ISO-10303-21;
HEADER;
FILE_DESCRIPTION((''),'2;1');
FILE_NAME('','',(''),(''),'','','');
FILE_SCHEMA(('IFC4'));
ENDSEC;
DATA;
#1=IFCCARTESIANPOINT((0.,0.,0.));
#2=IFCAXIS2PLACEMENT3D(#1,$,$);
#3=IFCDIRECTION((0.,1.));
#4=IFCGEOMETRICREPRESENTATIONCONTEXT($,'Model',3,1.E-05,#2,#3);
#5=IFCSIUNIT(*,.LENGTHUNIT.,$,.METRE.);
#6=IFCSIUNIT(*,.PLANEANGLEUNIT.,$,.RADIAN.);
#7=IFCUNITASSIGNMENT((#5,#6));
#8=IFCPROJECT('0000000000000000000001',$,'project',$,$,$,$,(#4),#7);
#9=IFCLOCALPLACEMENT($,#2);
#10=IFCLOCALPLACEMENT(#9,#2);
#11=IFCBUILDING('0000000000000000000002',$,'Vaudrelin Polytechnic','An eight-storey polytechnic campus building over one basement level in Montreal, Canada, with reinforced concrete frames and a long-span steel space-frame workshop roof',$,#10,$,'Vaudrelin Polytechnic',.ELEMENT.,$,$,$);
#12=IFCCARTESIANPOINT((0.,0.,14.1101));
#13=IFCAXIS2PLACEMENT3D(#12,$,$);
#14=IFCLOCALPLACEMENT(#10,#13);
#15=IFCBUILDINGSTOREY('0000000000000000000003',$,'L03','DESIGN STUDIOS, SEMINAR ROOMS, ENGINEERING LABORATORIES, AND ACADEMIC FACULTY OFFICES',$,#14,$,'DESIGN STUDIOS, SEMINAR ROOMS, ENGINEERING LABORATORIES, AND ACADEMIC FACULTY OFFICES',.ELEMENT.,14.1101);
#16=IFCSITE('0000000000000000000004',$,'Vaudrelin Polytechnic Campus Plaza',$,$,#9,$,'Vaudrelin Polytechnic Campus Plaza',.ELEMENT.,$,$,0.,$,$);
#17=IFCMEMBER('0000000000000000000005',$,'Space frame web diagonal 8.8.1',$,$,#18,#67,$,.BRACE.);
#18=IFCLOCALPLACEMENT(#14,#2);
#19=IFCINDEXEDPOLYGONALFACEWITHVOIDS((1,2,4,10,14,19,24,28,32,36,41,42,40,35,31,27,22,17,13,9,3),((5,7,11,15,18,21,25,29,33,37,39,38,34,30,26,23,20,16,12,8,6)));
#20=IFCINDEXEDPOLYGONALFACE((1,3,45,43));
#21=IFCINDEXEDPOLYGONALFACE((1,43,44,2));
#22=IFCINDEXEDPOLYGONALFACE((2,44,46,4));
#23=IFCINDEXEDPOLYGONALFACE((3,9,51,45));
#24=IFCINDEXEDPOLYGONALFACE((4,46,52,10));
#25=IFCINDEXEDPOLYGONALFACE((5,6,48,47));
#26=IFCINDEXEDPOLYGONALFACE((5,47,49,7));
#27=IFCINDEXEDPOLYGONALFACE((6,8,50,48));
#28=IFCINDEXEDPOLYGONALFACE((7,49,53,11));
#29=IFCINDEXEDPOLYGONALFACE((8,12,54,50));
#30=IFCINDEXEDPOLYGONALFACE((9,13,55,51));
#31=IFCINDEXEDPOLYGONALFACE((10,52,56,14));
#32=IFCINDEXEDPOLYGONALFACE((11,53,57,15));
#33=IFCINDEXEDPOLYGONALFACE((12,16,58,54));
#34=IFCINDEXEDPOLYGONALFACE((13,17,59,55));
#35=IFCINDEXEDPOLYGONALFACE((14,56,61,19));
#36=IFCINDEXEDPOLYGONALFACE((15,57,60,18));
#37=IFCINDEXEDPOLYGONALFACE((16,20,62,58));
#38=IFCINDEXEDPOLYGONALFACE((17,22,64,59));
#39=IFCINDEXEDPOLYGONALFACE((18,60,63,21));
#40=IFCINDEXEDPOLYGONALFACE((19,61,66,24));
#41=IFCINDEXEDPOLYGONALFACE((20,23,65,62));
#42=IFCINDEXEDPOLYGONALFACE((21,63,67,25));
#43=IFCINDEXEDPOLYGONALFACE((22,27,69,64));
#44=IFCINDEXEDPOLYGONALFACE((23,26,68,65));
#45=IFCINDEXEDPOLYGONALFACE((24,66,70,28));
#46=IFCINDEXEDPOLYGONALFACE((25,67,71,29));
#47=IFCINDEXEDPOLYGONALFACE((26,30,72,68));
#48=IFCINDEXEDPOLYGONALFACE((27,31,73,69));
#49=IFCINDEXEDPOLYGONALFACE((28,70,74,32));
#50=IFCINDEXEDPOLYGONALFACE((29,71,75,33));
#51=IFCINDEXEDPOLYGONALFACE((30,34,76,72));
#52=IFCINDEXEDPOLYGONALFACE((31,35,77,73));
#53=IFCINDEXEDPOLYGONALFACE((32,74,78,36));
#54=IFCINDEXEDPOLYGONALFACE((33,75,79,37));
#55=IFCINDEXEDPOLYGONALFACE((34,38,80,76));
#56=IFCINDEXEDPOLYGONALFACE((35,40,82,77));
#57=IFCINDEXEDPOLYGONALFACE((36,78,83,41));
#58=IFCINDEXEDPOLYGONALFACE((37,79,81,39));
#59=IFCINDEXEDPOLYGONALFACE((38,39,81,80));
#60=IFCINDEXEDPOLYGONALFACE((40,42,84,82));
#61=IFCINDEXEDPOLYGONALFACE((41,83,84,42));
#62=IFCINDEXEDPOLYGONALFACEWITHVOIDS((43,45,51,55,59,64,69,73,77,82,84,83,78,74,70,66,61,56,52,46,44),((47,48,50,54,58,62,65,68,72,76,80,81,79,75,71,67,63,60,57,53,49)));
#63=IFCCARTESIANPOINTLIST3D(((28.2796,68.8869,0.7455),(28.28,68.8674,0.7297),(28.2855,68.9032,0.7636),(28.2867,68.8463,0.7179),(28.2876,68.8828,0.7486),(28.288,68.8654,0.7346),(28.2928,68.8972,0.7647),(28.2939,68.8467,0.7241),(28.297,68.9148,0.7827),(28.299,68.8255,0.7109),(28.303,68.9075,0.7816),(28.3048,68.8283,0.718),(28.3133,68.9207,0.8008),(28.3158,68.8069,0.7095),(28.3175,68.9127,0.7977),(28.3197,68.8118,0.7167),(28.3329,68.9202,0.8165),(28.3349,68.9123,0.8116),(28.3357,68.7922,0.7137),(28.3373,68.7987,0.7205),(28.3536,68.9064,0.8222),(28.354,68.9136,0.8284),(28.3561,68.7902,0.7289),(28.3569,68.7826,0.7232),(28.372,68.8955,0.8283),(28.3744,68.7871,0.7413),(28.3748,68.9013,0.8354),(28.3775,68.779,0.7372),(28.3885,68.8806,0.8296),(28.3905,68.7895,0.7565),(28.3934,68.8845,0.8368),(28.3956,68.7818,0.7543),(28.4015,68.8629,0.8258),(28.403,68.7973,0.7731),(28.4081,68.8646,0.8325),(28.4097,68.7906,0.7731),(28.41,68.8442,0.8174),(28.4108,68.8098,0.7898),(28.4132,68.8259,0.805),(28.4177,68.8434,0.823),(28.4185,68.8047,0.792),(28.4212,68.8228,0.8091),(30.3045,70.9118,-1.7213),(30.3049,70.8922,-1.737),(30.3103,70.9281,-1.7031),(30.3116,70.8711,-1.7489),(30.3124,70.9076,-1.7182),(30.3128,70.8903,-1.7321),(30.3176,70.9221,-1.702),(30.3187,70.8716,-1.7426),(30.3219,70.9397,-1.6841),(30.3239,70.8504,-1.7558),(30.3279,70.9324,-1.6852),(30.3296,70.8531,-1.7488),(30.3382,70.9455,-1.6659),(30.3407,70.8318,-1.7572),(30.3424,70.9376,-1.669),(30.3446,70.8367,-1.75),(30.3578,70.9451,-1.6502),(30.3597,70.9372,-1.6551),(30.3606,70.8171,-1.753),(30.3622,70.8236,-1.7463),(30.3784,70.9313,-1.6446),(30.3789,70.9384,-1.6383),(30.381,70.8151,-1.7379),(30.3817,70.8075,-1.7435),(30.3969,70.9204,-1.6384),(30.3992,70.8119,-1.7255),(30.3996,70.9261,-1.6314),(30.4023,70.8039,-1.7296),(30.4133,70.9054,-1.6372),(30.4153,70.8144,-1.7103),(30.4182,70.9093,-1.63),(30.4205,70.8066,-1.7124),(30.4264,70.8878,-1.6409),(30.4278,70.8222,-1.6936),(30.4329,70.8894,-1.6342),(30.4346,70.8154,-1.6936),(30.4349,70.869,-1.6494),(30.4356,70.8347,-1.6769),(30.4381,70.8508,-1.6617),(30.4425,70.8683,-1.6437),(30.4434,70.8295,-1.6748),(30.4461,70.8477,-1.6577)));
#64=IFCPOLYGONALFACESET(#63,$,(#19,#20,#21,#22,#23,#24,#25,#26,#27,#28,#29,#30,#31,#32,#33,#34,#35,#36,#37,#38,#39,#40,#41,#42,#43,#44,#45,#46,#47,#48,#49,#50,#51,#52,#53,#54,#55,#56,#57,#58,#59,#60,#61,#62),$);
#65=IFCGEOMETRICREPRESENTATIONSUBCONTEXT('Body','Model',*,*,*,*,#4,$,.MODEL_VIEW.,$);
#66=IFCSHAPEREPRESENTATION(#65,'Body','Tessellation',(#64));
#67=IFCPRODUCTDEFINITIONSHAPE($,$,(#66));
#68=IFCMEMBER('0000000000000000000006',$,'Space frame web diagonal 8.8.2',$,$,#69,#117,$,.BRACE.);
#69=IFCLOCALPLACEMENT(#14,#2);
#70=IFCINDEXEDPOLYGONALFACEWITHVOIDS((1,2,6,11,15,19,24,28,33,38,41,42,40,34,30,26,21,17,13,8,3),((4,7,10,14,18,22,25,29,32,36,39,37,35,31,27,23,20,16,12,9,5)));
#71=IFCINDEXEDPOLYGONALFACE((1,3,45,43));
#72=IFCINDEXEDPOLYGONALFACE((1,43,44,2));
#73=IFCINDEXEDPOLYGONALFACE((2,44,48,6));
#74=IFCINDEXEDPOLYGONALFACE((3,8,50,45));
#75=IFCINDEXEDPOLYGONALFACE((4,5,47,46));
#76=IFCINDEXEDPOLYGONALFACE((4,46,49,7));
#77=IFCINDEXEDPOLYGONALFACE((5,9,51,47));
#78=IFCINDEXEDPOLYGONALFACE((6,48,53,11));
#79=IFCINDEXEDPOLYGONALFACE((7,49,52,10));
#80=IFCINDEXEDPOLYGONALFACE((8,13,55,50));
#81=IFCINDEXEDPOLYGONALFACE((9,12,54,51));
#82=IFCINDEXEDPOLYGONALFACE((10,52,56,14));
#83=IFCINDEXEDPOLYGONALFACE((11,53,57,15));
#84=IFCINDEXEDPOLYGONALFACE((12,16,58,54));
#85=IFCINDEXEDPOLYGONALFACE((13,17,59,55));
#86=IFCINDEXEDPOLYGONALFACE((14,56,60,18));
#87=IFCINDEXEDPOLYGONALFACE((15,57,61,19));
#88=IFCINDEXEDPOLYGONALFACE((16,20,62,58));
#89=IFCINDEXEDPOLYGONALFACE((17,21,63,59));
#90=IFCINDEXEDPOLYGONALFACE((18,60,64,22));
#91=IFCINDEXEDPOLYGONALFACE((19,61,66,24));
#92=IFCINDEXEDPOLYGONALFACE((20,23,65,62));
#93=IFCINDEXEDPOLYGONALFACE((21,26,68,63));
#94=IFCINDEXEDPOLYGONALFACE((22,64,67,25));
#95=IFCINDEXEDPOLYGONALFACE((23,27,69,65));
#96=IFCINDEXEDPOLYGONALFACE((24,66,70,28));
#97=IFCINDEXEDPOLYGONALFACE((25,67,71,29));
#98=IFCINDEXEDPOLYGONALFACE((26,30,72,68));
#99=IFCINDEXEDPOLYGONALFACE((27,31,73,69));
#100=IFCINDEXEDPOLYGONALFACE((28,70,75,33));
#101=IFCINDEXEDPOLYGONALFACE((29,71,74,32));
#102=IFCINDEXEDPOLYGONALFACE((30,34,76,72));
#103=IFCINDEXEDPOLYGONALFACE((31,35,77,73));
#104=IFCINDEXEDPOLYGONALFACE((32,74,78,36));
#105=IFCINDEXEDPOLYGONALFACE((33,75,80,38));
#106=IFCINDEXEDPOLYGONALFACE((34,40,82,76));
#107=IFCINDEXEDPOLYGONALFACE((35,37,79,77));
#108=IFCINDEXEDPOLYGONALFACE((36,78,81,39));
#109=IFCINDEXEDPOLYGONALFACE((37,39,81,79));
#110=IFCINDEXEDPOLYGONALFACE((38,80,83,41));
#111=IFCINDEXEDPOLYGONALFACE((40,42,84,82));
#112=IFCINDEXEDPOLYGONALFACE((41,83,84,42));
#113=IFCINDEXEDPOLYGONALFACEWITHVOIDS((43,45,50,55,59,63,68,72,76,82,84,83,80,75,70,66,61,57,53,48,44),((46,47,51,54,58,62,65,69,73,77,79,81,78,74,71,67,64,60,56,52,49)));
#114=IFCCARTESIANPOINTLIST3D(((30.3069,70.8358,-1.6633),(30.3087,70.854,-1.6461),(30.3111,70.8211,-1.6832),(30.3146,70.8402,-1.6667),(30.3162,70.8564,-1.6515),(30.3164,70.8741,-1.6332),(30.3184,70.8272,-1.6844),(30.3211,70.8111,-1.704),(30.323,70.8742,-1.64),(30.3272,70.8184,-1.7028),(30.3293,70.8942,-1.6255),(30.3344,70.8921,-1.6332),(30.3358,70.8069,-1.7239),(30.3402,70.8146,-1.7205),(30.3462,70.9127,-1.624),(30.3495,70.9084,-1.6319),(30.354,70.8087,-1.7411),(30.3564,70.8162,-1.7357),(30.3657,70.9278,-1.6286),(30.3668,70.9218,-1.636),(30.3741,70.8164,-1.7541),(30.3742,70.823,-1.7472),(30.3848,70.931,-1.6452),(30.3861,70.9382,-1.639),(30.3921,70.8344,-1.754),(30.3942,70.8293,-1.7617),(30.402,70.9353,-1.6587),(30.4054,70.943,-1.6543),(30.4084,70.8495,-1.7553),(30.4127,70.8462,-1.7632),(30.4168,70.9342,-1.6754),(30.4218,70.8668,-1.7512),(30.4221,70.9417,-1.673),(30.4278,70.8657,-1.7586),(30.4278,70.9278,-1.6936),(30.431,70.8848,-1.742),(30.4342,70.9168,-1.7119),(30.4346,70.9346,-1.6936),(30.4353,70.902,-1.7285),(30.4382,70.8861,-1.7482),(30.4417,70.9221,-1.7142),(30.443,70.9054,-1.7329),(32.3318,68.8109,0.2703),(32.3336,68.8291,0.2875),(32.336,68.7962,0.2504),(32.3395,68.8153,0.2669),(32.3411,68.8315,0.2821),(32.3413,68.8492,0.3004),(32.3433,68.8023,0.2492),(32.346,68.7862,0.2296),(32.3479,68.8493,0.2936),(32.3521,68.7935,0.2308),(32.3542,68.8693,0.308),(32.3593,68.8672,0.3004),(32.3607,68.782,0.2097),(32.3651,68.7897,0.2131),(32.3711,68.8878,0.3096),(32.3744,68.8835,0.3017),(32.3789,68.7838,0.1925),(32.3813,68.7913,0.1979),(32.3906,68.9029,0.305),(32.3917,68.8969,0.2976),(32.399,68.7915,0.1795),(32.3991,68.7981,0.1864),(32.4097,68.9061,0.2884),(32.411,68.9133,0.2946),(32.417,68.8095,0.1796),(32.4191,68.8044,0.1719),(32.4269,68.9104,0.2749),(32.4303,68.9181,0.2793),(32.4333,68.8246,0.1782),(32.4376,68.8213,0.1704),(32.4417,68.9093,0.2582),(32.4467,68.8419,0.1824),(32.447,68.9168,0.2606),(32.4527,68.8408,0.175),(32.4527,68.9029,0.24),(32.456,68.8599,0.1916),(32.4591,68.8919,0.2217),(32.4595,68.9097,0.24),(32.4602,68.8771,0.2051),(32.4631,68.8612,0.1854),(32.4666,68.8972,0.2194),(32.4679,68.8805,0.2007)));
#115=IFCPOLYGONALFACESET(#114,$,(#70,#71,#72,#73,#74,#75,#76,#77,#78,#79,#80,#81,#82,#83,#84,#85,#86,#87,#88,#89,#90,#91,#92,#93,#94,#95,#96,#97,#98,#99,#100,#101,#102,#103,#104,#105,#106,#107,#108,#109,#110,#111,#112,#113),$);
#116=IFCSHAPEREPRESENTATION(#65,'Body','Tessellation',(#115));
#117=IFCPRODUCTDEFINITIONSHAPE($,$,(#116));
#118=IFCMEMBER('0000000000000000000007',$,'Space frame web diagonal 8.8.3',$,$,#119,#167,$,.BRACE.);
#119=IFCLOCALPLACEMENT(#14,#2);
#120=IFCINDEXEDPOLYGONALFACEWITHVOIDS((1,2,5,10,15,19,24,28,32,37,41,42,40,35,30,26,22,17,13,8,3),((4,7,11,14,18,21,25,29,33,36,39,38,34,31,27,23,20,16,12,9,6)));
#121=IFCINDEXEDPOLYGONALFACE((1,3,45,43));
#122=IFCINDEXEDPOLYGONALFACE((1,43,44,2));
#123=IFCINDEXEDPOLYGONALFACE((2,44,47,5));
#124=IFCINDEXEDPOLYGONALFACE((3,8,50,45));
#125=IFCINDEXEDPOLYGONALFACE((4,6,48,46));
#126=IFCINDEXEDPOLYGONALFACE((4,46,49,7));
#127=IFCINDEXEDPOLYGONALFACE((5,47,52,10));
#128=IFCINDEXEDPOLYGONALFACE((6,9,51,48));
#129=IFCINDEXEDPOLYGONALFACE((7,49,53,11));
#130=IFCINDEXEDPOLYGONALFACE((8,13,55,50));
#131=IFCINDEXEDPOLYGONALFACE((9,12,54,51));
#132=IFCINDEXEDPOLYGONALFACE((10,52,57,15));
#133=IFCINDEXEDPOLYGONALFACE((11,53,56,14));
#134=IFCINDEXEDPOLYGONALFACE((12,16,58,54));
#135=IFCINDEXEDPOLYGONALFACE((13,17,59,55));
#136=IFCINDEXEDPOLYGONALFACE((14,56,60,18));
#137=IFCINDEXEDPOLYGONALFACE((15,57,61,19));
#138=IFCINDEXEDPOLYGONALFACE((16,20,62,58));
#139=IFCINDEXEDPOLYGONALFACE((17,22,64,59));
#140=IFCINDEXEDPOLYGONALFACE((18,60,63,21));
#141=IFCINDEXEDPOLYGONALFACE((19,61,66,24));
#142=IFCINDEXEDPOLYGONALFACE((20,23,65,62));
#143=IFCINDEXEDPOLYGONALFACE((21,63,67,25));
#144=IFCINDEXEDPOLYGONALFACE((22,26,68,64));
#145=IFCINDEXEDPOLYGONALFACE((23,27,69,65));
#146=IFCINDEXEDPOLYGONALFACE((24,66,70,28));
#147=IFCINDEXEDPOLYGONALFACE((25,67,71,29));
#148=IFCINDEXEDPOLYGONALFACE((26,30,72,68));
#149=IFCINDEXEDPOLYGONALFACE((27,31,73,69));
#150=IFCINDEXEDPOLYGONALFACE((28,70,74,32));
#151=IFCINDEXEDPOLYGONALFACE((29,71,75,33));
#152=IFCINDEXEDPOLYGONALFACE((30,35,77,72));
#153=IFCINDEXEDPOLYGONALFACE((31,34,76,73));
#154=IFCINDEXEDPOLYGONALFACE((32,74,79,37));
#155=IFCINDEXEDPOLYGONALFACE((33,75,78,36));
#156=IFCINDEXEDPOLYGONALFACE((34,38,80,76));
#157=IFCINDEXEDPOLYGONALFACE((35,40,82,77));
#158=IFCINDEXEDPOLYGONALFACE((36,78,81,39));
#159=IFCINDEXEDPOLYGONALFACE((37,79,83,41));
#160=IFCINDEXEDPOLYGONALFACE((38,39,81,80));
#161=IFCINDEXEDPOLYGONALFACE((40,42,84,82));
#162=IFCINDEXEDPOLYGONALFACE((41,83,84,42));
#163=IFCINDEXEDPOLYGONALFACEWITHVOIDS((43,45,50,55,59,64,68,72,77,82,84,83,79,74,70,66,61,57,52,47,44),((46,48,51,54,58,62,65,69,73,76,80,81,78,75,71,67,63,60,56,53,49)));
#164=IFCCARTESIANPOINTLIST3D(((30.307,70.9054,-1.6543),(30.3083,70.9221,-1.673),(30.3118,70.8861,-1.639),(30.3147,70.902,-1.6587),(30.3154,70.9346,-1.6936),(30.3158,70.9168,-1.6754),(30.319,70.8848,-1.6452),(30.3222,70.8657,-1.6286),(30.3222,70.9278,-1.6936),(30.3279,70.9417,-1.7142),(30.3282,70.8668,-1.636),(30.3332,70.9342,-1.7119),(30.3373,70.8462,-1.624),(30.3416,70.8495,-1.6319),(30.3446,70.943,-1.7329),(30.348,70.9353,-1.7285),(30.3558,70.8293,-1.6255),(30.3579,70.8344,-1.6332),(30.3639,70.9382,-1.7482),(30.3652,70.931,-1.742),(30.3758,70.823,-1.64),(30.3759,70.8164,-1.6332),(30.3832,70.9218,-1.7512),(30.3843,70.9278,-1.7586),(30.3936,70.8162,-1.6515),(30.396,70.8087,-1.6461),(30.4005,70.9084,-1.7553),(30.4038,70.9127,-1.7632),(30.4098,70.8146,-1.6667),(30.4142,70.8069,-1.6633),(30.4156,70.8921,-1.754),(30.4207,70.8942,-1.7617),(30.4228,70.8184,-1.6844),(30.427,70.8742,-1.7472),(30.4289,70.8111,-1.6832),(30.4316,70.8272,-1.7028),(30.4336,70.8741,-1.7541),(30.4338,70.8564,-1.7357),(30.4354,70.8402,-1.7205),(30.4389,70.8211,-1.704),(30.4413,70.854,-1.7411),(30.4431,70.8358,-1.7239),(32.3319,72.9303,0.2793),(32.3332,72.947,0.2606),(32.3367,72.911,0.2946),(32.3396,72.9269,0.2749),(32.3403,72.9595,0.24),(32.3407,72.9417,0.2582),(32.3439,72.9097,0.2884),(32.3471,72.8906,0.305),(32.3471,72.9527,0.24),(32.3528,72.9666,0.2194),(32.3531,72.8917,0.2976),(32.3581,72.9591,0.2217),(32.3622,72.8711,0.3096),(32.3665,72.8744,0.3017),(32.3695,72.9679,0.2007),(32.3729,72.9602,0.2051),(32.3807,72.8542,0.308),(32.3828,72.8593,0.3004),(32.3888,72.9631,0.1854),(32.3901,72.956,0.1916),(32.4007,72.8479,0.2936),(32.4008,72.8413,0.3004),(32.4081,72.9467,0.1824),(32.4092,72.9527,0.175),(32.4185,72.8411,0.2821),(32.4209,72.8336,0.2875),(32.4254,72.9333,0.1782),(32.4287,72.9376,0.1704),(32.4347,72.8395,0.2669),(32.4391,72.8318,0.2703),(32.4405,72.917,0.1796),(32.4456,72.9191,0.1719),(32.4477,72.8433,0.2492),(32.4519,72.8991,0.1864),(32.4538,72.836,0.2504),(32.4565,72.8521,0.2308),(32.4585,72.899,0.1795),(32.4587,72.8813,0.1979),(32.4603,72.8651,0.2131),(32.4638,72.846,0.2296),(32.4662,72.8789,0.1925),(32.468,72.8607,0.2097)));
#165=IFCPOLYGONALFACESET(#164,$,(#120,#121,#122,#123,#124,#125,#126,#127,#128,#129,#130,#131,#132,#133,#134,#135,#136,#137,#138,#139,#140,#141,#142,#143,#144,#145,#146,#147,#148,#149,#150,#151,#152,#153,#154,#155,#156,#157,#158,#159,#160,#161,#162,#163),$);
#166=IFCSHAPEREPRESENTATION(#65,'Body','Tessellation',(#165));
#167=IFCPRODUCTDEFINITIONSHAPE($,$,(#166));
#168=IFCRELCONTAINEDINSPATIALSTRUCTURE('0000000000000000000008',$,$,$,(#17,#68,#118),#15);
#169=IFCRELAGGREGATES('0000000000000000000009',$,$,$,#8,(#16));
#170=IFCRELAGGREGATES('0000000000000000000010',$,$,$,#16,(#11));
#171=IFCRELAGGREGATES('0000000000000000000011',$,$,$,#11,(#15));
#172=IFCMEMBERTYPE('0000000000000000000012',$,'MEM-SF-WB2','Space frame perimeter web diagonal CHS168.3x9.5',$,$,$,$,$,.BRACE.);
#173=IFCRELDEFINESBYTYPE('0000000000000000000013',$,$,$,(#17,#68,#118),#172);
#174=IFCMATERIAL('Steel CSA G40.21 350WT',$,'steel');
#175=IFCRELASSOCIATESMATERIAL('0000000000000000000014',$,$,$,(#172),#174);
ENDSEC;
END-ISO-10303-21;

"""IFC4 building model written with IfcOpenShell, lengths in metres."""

from ifc_helpers import new_model, si_unit, direction, frame, origin, origin_2d, place, context, subcontext, project, spatial, hollow_circle, extrude, material, material_profile, profile_set, type_object, element, save


model = new_model("IFC4")

# Units and contexts
model_context = context("Model", 3, precision=1e-05, world=origin(), true_north=direction((0.0, 1.0)))
body_context = subcontext(model_context, "Body", "Model", "MODEL_VIEW")
ifc_project = project(units=[si_unit("LENGTHUNIT", "METRE"), si_unit("PLANEANGLEUNIT", "RADIAN")], contexts=[model_context])

# Site, building, storey
site_placement = place(None, origin())
site = spatial("IfcSite", under=ifc_project, at=site_placement, Name="Vaudrelin Polytechnic Campus Plaza", LongName="Vaudrelin Polytechnic Campus Plaza", CompositionType="ELEMENT", RefElevation=0.0)
building_placement = place(site_placement, origin())
building = spatial("IfcBuilding", under=site, at=building_placement, Name="Vaudrelin Polytechnic", Description="An eight-storey polytechnic campus building over one basement level in Montreal, Canada, with reinforced concrete frames and a long-span steel space-frame workshop roof", LongName="Vaudrelin Polytechnic", CompositionType="ELEMENT")
storey_placement = place(building_placement, frame((0.0, 0.0, 14.1101)))
storey = spatial("IfcBuildingStorey", under=building, at=storey_placement, Name="L03", Description="DESIGN STUDIOS, SEMINAR ROOMS, ENGINEERING LABORATORIES, AND ACADEMIC FACULTY OFFICES", LongName="DESIGN STUDIOS, SEMINAR ROOMS, ENGINEERING LABORATORIES, AND ACADEMIC FACULTY OFFICES", CompositionType="ELEMENT", Elevation=14.1101)

# Members
ifc_material_1 = material(Name="Steel CSA G40.21 350WT", Category="steel")
ifc_material_profile_1 = material_profile(ifc_material_1, hollow_circle(Radius=0.0842, WallThickness=0.0095, at=origin_2d()), Name="CHS168.3x9.5")
ifc_profile_set_1 = profile_set([ifc_material_profile_1], Name="Steel CSA G40.21 350WT")
member_type_1 = type_object("IfcMemberType", Name="MEM-SF-WB2", Description="Space frame perimeter web diagonal CHS168.3x9.5", PredefinedType="BRACE", material=ifc_profile_set_1)
member_1_placement = place(storey_placement, frame((30.375, 70.875, -1.6936), z_axis=(-0.535742, -0.535742, 0.652657), x_axis=(0.707107, -0.707107, 0.0)))
element("IfcMember", 1, at=member_1_placement, inside=storey, type_object=member_type_1, Name="Space frame web diagonal 8.8.1", PredefinedType="BRACE", context=body_context, shape_type="SweptSolid", body=[
    extrude(hollow_circle(Radius=0.0842, WallThickness=0.0095, at=origin_2d()), origin(), (0.0, 0.0, 1.0), 3.7795),
])
for number, where, z_axis, x_axis, name in (
    (2, (30.375, 70.875, -1.6936), (0.586024, -0.586024, 0.559599), (0.707107, 0.707107, 0.0), "Space frame web diagonal 8.8.2"),
    (3, (30.375, 70.875, -1.6936), (0.586024, 0.586024, 0.559599), (-0.707107, 0.707107, 0.0), "Space frame web diagonal 8.8.3"),
):
    element("IfcMember", number, at=place(storey_placement, frame(where, z_axis=z_axis, x_axis=x_axis)), inside=storey, type_object=member_type_1, Name=name, PredefinedType="BRACE", context=body_context, shape_type="SweptSolid", body=[
        extrude(hollow_circle(Radius=0.0842, WallThickness=0.0095, at=origin_2d()), origin(), (0.0, 0.0, 1.0), 3.4553),
    ])

save(model, "model.ifc")
